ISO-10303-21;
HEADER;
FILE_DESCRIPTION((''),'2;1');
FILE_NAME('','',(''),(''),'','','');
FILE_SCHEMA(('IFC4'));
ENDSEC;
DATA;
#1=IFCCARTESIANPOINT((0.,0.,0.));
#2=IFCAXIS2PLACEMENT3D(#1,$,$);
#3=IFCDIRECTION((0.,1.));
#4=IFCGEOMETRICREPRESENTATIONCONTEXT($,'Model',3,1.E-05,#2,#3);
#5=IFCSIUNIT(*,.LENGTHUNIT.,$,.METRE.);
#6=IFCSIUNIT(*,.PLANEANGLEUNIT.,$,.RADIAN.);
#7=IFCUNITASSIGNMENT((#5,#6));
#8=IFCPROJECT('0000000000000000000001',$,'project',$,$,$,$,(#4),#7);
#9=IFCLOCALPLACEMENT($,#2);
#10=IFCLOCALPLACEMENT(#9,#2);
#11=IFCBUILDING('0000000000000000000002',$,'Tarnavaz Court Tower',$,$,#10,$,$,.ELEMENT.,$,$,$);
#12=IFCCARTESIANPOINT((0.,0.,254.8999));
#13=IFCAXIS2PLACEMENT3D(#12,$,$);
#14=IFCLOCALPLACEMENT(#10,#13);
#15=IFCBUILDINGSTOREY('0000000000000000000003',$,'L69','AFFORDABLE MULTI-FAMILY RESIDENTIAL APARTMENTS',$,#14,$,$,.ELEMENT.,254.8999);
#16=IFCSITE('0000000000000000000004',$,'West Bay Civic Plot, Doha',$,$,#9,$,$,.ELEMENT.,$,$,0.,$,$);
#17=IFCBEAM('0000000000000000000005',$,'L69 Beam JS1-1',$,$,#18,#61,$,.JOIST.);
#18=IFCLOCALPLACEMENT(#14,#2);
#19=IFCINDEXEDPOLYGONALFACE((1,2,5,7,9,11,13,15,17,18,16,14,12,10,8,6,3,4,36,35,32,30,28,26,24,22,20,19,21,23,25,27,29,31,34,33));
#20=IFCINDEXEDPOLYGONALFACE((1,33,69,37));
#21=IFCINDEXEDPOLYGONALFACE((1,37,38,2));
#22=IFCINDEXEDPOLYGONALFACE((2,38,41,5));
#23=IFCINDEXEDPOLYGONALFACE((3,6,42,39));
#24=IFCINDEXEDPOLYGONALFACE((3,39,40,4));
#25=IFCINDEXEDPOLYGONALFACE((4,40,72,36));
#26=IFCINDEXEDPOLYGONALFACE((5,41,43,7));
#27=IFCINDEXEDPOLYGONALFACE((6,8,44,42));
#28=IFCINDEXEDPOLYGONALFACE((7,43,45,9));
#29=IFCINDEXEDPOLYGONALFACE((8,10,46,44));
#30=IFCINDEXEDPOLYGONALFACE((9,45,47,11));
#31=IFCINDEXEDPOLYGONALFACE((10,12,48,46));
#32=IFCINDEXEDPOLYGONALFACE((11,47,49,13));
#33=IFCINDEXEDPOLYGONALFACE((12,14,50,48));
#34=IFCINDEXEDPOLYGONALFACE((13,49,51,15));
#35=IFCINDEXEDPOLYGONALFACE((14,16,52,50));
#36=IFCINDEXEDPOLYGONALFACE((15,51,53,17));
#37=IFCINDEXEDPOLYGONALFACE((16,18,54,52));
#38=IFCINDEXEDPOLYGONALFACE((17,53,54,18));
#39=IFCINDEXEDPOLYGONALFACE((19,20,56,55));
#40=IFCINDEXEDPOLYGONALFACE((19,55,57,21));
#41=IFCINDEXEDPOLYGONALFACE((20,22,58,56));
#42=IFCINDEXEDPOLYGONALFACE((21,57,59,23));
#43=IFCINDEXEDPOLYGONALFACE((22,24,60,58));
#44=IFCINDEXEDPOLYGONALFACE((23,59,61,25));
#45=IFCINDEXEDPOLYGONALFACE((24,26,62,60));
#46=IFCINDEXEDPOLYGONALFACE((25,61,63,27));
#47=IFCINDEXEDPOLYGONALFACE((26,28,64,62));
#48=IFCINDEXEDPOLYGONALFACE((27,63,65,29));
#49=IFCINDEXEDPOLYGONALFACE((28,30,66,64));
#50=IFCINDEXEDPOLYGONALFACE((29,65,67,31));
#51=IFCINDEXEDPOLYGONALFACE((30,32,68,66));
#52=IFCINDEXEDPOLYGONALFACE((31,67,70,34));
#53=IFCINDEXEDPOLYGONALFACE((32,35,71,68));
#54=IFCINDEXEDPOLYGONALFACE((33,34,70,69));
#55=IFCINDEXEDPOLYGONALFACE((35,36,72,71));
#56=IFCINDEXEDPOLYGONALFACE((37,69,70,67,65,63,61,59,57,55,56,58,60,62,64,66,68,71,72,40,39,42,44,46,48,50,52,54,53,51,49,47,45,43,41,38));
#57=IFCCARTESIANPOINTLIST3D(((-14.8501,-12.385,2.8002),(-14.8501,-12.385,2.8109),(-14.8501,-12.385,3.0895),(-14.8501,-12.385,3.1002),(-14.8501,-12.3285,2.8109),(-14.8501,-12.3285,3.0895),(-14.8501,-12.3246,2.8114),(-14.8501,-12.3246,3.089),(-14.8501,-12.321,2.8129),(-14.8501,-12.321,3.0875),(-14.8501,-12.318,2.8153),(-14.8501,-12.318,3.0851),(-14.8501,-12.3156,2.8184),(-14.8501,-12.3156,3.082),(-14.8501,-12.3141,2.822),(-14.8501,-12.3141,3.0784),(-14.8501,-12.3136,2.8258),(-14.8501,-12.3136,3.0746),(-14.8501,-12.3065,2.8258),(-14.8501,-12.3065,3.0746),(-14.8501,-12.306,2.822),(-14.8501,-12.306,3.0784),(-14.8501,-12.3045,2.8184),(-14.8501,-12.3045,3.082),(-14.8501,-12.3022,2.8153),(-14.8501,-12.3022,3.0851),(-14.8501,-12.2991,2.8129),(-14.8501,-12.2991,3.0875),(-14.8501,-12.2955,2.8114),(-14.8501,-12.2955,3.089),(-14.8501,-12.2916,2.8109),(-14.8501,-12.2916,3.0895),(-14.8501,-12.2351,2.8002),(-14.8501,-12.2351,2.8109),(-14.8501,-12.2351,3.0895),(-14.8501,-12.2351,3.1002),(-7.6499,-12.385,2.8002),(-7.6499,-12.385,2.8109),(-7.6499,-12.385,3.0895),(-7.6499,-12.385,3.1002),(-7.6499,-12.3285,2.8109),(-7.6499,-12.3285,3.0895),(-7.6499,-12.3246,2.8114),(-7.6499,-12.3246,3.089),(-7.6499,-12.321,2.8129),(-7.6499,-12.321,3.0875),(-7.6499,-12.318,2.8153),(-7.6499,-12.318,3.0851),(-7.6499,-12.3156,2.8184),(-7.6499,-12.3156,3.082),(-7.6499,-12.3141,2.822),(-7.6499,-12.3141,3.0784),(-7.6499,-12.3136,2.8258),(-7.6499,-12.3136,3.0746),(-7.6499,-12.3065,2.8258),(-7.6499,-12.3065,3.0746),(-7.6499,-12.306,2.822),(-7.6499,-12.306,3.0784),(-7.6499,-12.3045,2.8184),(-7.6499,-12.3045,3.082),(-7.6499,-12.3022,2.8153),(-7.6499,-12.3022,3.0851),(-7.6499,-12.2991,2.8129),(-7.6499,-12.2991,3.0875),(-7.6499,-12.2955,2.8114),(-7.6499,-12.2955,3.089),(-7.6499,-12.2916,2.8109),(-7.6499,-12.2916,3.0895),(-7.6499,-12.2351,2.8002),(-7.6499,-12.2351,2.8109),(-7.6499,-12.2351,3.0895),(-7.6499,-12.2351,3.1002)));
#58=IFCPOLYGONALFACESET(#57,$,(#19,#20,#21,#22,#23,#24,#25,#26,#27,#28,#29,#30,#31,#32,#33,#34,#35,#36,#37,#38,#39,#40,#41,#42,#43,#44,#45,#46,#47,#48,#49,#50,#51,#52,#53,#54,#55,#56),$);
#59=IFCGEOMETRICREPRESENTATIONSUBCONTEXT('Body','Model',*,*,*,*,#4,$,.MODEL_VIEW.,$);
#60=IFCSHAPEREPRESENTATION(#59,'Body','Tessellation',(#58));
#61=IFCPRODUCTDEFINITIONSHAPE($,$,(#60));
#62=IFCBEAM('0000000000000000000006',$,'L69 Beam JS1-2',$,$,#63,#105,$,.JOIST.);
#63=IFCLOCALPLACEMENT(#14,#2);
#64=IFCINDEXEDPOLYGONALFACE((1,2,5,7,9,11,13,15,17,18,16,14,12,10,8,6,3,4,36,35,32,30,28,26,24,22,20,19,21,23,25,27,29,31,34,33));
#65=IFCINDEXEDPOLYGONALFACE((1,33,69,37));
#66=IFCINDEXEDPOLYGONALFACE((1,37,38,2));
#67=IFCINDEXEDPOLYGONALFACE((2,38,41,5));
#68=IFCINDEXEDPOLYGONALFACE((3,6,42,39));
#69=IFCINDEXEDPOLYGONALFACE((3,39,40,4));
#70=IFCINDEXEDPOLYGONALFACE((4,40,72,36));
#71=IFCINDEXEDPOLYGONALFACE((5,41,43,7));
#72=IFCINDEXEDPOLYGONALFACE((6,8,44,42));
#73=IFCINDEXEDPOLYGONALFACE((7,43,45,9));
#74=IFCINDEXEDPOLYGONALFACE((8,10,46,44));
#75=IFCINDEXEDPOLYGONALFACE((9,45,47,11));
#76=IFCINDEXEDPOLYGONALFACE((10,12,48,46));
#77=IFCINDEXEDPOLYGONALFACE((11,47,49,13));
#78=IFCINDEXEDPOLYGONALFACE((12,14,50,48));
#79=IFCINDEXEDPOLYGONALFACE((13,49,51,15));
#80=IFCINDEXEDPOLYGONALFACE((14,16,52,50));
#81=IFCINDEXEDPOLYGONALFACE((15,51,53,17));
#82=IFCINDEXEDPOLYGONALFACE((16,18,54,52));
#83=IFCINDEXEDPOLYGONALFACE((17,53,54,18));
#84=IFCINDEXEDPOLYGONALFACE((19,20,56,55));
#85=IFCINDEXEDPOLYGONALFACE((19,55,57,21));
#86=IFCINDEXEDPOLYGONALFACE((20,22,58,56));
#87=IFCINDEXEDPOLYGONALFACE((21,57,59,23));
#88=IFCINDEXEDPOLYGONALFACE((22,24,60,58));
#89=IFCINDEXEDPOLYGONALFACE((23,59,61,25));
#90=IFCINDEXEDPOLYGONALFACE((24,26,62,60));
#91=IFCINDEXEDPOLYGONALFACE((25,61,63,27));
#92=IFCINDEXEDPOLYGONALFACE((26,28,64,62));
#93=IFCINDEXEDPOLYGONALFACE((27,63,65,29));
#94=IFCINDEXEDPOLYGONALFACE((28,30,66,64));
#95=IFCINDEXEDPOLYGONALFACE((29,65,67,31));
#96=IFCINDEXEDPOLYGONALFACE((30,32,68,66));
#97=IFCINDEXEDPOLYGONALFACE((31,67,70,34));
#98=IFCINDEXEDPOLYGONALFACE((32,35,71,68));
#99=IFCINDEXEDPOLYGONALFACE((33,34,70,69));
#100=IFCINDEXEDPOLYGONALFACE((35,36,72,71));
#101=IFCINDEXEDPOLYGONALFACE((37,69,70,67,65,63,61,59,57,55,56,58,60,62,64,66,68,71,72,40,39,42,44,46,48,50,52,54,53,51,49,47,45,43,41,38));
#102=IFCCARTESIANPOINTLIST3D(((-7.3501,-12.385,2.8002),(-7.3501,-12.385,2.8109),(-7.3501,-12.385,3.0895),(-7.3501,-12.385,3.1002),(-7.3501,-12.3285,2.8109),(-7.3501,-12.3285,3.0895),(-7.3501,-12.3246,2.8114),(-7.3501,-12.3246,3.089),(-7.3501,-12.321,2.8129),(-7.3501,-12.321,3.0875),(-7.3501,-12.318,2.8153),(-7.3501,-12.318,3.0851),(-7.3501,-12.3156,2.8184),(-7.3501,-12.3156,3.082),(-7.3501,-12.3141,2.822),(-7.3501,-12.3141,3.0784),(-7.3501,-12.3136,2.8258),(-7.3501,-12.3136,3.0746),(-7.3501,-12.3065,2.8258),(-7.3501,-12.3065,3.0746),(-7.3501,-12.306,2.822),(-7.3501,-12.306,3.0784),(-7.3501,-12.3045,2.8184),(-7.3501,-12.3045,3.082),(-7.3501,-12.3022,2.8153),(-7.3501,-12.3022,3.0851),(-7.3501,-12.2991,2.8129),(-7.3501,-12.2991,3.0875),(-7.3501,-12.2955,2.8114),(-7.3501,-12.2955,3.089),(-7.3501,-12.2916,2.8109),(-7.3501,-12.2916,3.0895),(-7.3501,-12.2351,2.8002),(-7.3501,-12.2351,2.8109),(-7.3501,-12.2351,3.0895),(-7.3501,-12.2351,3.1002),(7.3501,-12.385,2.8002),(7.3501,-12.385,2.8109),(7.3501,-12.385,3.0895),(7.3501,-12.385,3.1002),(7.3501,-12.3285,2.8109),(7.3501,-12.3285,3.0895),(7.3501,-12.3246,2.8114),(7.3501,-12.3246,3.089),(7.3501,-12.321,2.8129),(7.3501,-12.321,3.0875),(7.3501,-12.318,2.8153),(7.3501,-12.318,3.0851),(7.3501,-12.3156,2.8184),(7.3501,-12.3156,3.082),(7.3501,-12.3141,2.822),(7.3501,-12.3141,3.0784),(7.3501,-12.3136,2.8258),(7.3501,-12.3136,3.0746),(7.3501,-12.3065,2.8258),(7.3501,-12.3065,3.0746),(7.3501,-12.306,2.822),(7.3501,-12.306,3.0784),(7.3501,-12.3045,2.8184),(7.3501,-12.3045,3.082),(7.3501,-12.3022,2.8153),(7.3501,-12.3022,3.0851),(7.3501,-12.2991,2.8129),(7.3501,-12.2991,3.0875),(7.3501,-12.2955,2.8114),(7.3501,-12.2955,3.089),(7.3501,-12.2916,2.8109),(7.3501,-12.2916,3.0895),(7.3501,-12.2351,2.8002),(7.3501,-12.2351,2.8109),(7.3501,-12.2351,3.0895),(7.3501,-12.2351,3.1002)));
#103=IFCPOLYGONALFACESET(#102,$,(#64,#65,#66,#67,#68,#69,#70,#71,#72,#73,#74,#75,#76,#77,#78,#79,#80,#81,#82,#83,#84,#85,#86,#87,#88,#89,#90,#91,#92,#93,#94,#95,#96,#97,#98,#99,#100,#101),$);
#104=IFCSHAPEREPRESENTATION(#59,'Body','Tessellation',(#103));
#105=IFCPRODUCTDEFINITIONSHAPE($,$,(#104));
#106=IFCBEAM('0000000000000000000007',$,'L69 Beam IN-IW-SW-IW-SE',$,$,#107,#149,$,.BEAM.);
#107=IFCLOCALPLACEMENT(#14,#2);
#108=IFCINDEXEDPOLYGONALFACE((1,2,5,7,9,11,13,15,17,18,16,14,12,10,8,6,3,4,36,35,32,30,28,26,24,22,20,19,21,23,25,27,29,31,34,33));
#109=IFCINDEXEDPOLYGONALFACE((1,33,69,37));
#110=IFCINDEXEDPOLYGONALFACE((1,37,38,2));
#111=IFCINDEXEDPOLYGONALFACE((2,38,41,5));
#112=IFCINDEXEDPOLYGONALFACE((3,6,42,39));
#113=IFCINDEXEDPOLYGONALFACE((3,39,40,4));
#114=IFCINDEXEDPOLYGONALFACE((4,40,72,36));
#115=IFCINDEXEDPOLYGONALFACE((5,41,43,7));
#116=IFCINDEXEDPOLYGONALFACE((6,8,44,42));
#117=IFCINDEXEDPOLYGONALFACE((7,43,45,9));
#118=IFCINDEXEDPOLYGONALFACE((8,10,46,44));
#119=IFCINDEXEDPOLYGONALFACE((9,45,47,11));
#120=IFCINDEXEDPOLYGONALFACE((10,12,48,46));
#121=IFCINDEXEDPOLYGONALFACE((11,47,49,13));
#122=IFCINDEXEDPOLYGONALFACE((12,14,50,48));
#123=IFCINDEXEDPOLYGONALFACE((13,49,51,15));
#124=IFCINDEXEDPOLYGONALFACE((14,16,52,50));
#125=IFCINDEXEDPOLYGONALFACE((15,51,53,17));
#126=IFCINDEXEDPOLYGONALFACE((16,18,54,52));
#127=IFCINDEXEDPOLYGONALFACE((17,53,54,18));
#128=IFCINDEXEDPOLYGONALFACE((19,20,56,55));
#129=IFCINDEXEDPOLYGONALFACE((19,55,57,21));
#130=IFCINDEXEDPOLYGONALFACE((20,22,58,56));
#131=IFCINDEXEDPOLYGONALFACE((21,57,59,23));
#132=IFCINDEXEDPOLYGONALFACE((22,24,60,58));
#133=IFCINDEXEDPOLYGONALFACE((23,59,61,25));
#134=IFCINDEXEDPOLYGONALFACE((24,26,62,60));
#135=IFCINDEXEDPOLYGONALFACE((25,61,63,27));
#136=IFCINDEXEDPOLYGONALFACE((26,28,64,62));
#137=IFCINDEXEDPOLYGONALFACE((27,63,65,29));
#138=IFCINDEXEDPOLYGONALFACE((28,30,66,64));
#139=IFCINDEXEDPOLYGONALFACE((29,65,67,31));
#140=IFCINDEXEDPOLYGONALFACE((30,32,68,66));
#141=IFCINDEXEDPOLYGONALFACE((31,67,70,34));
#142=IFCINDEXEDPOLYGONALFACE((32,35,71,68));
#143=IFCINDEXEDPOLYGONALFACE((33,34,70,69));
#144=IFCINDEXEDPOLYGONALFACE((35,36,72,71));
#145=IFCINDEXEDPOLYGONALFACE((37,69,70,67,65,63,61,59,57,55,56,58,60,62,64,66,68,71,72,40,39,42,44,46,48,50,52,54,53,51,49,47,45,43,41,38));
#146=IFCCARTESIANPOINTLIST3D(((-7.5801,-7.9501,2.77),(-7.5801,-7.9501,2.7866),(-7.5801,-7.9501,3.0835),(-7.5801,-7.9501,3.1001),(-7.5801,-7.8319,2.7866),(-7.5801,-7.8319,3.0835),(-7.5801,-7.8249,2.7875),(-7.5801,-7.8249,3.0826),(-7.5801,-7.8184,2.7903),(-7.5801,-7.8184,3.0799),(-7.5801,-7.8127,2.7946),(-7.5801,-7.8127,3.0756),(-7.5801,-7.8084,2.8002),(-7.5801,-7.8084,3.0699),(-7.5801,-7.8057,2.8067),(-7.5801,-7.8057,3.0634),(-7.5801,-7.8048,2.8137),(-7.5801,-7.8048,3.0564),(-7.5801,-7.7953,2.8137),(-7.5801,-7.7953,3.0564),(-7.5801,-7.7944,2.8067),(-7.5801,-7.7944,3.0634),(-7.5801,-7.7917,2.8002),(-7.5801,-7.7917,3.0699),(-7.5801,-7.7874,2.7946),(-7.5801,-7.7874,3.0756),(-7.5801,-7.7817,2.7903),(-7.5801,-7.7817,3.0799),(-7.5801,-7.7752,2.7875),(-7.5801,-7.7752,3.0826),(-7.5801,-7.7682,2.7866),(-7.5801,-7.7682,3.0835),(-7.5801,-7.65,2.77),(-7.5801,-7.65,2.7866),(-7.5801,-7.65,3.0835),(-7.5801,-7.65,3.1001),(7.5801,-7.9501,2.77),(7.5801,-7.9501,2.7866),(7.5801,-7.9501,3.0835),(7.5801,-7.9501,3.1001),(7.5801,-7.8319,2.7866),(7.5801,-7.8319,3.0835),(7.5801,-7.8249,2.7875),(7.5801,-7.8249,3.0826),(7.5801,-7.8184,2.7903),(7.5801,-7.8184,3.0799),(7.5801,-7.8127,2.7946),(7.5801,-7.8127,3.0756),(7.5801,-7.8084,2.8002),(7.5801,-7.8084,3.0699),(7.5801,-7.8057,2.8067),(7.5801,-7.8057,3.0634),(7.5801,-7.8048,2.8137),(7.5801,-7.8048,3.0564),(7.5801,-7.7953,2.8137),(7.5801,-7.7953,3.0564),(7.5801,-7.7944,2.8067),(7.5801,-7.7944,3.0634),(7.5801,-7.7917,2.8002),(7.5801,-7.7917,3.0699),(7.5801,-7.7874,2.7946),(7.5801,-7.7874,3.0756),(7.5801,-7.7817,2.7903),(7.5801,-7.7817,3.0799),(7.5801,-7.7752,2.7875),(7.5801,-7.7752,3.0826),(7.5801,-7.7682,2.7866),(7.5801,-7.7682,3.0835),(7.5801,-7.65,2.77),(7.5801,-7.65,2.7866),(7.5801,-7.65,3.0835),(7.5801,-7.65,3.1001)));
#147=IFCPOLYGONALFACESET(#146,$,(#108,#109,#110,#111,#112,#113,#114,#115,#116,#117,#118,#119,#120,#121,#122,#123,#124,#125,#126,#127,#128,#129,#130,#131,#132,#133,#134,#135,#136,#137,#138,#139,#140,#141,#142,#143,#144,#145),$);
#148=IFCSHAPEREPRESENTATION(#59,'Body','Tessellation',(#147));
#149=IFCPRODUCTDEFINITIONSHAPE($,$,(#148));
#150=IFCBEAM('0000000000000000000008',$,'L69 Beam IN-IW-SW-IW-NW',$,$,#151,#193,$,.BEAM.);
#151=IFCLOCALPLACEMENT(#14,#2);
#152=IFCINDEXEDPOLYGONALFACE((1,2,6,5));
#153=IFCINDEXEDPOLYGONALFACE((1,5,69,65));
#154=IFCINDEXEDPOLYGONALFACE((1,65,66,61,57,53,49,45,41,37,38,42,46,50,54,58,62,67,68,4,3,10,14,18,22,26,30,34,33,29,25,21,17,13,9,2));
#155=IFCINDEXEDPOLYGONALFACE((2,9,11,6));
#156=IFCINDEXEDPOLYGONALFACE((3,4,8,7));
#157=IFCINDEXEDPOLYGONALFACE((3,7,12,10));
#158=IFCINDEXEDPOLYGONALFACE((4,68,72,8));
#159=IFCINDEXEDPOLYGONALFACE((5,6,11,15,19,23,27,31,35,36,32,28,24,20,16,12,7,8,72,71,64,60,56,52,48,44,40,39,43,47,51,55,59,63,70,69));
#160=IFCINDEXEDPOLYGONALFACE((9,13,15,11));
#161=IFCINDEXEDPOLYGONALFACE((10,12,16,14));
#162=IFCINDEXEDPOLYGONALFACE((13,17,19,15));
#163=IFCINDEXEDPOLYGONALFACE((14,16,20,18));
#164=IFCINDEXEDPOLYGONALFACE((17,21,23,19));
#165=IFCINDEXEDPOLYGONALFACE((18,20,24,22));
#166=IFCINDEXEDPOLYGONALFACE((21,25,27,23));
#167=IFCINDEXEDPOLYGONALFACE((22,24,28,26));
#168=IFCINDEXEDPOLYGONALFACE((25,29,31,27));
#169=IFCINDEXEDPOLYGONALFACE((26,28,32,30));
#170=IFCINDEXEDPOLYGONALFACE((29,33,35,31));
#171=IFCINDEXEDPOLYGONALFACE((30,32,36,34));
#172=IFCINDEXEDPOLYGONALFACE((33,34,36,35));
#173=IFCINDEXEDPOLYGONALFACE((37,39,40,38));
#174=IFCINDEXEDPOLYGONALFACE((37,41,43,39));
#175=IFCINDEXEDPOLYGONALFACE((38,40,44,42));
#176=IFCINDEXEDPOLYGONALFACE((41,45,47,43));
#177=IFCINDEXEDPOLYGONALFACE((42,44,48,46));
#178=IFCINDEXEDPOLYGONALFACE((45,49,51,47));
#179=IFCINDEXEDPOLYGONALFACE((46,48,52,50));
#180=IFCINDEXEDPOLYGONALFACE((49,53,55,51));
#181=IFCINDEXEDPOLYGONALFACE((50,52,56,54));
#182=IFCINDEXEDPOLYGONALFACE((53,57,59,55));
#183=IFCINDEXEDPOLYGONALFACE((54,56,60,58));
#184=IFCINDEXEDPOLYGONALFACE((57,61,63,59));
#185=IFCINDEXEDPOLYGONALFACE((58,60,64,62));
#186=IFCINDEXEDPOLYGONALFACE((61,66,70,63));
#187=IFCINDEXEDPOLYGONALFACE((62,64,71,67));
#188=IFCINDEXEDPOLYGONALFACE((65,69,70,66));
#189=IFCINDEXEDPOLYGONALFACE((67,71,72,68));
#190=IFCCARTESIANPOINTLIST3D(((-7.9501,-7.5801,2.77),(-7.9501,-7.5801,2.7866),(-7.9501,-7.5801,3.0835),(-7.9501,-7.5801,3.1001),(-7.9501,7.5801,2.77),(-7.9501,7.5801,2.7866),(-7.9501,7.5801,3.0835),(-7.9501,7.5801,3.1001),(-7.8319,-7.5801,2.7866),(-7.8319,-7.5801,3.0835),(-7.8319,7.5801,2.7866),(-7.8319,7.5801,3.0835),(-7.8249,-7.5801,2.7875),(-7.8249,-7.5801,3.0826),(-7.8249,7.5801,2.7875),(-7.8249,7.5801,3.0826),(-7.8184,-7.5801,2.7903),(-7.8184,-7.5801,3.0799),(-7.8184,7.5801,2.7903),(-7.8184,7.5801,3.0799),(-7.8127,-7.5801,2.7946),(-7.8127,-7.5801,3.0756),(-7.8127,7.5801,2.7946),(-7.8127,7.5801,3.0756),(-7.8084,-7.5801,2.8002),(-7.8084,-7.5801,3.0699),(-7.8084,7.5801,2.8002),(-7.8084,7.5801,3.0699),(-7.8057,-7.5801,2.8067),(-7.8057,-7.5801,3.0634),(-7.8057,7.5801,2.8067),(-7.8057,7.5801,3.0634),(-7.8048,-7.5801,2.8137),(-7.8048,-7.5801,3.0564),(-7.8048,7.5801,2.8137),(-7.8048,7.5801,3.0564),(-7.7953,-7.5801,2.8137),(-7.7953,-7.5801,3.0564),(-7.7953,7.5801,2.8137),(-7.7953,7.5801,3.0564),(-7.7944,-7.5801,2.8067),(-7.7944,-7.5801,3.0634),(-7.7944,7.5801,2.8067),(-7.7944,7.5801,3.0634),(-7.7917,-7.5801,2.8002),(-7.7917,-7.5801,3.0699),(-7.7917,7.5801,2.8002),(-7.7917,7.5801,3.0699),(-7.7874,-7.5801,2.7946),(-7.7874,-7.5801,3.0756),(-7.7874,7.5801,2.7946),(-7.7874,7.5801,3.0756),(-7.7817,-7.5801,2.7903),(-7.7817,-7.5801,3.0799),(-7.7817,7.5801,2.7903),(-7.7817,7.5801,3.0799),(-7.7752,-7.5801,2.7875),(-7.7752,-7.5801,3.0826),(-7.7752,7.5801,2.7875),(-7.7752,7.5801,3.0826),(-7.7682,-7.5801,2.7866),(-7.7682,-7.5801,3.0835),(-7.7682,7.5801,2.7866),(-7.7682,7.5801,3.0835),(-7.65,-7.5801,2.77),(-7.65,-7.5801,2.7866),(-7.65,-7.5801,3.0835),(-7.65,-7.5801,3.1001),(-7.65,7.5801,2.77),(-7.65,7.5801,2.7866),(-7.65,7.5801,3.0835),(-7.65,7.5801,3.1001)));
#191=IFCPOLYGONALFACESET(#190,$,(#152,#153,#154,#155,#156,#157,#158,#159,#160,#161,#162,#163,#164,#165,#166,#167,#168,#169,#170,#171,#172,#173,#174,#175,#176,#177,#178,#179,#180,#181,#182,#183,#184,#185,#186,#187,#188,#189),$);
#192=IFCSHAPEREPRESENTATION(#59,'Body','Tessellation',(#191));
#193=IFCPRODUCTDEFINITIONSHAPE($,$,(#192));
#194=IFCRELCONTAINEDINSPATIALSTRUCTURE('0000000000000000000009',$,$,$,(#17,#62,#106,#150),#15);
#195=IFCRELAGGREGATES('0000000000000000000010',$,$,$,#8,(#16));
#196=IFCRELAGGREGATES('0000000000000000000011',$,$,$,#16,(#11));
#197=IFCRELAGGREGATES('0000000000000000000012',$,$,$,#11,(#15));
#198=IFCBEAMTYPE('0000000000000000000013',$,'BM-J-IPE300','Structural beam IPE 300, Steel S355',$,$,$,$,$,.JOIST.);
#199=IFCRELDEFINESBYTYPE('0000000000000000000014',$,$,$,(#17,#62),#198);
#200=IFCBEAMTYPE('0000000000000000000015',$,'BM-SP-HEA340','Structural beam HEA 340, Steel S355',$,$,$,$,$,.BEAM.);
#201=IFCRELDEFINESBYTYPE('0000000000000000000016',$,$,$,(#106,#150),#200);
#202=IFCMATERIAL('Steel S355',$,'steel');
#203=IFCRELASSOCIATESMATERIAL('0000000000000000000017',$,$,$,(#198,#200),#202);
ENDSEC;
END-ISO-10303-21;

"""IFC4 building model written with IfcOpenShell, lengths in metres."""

from ifc_helpers import new_model, si_unit, direction, frame, origin, origin_2d, place, context, subcontext, project, spatial, i_section, extrude, material, material_profile, profile_set, type_object, element, save


model = new_model("IFC4")

# Units and contexts
model_context = context("Model", 3, precision=1e-05, world=origin(), true_north=direction((0.0, 1.0)))
body_context = subcontext(model_context, "Body", "Model", "MODEL_VIEW")
ifc_project = project(units=[si_unit("LENGTHUNIT", "METRE"), si_unit("PLANEANGLEUNIT", "RADIAN")], contexts=[model_context])

# Site, building, storey
site_placement = place(None, origin())
site = spatial("IfcSite", under=ifc_project, at=site_placement, Name="West Bay Civic Plot, Doha", CompositionType="ELEMENT", RefElevation=0.0)
building_placement = place(site_placement, origin())
building = spatial("IfcBuilding", under=site, at=building_placement, Name="Tarnavaz Court Tower", CompositionType="ELEMENT")
storey_placement = place(building_placement, frame((0.0, 0.0, 254.8999)))
storey = spatial("IfcBuildingStorey", under=building, at=storey_placement, Name="L69", Description="AFFORDABLE MULTI-FAMILY RESIDENTIAL APARTMENTS", CompositionType="ELEMENT", Elevation=254.8999)

# Beams
ifc_material_1 = material(Name="Steel S355", Category="steel")
ifc_material_profile_1 = material_profile(ifc_material_1, i_section(OverallWidth=0.1499, OverallDepth=0.3, WebThickness=0.0071, FlangeThickness=0.0107, FilletRadius=0.0149, at=origin_2d()), Name="IPE 300")
ifc_profile_set_1 = profile_set([ifc_material_profile_1], Name="Steel S355")
beam_type_1 = type_object("IfcBeamType", Name="BM-J-IPE300", Description="Structural beam IPE 300, Steel S355", PredefinedType="JOIST", material=ifc_profile_set_1)
beam_1_placement = place(storey_placement, frame((-14.8501, -12.3101, 2.9502), z_axis=(1.0, 0.0, 0.0), x_axis=(0.0, 1.0, 0.0)))
element("IfcBeam", 1, at=beam_1_placement, inside=storey, type_object=beam_type_1, Name="L69 Beam JS1-1", PredefinedType="JOIST", context=body_context, shape_type="SweptSolid", body=[
    extrude(i_section(OverallWidth=0.1499, OverallDepth=0.3, WebThickness=0.0071, FlangeThickness=0.0107, FilletRadius=0.0149, at=origin_2d()), origin(), (0.0, 0.0, 1.0), 7.2002),
])
beam_2_placement = place(storey_placement, frame((-7.3501, -12.3101, 2.9502), z_axis=(1.0, 0.0, 0.0), x_axis=(0.0, 1.0, 0.0)))
element("IfcBeam", 2, at=beam_2_placement, inside=storey, type_object=beam_type_1, Name="L69 Beam JS1-2", PredefinedType="JOIST", context=body_context, shape_type="SweptSolid", body=[
    extrude(i_section(OverallWidth=0.1499, OverallDepth=0.3, WebThickness=0.0071, FlangeThickness=0.0107, FilletRadius=0.0149, at=origin_2d()), origin(), (0.0, 0.0, 1.0), 14.7002),
])
ifc_material_profile_2 = material_profile(ifc_material_1, i_section(OverallWidth=0.3, OverallDepth=0.3301, WebThickness=0.0095, FlangeThickness=0.0166, FilletRadius=0.0271, at=origin_2d()), Name="HEA 340")
ifc_profile_set_2 = profile_set([ifc_material_profile_2], Name="Steel S355")
beam_type_2 = type_object("IfcBeamType", Name="BM-SP-HEA340", Description="Structural beam HEA 340, Steel S355", PredefinedType="BEAM", material=ifc_profile_set_2)
for number, where, z_axis, x_axis, name in (
    (3, (-7.5801, -7.8, 2.9351), (1.0, 0.0, 0.0), (0.0, 1.0, 0.0), "L69 Beam IN-IW-SW-IW-SE"),
    (4, (-7.8, -7.5801, 2.9351), (0.0, 1.0, 0.0), (-1.0, 0.0, 0.0), "L69 Beam IN-IW-SW-IW-NW"),
):
    element("IfcBeam", number, at=place(storey_placement, frame(where, z_axis=z_axis, x_axis=x_axis)), inside=storey, type_object=beam_type_2, Name=name, PredefinedType="BEAM", context=body_context, shape_type="SweptSolid", body=[
        extrude(i_section(OverallWidth=0.3, OverallDepth=0.3301, WebThickness=0.0095, FlangeThickness=0.0166, FilletRadius=0.0271, at=origin_2d()), origin(), (0.0, 0.0, 1.0), 15.1602),
    ])

save(model, "model.ifc")
